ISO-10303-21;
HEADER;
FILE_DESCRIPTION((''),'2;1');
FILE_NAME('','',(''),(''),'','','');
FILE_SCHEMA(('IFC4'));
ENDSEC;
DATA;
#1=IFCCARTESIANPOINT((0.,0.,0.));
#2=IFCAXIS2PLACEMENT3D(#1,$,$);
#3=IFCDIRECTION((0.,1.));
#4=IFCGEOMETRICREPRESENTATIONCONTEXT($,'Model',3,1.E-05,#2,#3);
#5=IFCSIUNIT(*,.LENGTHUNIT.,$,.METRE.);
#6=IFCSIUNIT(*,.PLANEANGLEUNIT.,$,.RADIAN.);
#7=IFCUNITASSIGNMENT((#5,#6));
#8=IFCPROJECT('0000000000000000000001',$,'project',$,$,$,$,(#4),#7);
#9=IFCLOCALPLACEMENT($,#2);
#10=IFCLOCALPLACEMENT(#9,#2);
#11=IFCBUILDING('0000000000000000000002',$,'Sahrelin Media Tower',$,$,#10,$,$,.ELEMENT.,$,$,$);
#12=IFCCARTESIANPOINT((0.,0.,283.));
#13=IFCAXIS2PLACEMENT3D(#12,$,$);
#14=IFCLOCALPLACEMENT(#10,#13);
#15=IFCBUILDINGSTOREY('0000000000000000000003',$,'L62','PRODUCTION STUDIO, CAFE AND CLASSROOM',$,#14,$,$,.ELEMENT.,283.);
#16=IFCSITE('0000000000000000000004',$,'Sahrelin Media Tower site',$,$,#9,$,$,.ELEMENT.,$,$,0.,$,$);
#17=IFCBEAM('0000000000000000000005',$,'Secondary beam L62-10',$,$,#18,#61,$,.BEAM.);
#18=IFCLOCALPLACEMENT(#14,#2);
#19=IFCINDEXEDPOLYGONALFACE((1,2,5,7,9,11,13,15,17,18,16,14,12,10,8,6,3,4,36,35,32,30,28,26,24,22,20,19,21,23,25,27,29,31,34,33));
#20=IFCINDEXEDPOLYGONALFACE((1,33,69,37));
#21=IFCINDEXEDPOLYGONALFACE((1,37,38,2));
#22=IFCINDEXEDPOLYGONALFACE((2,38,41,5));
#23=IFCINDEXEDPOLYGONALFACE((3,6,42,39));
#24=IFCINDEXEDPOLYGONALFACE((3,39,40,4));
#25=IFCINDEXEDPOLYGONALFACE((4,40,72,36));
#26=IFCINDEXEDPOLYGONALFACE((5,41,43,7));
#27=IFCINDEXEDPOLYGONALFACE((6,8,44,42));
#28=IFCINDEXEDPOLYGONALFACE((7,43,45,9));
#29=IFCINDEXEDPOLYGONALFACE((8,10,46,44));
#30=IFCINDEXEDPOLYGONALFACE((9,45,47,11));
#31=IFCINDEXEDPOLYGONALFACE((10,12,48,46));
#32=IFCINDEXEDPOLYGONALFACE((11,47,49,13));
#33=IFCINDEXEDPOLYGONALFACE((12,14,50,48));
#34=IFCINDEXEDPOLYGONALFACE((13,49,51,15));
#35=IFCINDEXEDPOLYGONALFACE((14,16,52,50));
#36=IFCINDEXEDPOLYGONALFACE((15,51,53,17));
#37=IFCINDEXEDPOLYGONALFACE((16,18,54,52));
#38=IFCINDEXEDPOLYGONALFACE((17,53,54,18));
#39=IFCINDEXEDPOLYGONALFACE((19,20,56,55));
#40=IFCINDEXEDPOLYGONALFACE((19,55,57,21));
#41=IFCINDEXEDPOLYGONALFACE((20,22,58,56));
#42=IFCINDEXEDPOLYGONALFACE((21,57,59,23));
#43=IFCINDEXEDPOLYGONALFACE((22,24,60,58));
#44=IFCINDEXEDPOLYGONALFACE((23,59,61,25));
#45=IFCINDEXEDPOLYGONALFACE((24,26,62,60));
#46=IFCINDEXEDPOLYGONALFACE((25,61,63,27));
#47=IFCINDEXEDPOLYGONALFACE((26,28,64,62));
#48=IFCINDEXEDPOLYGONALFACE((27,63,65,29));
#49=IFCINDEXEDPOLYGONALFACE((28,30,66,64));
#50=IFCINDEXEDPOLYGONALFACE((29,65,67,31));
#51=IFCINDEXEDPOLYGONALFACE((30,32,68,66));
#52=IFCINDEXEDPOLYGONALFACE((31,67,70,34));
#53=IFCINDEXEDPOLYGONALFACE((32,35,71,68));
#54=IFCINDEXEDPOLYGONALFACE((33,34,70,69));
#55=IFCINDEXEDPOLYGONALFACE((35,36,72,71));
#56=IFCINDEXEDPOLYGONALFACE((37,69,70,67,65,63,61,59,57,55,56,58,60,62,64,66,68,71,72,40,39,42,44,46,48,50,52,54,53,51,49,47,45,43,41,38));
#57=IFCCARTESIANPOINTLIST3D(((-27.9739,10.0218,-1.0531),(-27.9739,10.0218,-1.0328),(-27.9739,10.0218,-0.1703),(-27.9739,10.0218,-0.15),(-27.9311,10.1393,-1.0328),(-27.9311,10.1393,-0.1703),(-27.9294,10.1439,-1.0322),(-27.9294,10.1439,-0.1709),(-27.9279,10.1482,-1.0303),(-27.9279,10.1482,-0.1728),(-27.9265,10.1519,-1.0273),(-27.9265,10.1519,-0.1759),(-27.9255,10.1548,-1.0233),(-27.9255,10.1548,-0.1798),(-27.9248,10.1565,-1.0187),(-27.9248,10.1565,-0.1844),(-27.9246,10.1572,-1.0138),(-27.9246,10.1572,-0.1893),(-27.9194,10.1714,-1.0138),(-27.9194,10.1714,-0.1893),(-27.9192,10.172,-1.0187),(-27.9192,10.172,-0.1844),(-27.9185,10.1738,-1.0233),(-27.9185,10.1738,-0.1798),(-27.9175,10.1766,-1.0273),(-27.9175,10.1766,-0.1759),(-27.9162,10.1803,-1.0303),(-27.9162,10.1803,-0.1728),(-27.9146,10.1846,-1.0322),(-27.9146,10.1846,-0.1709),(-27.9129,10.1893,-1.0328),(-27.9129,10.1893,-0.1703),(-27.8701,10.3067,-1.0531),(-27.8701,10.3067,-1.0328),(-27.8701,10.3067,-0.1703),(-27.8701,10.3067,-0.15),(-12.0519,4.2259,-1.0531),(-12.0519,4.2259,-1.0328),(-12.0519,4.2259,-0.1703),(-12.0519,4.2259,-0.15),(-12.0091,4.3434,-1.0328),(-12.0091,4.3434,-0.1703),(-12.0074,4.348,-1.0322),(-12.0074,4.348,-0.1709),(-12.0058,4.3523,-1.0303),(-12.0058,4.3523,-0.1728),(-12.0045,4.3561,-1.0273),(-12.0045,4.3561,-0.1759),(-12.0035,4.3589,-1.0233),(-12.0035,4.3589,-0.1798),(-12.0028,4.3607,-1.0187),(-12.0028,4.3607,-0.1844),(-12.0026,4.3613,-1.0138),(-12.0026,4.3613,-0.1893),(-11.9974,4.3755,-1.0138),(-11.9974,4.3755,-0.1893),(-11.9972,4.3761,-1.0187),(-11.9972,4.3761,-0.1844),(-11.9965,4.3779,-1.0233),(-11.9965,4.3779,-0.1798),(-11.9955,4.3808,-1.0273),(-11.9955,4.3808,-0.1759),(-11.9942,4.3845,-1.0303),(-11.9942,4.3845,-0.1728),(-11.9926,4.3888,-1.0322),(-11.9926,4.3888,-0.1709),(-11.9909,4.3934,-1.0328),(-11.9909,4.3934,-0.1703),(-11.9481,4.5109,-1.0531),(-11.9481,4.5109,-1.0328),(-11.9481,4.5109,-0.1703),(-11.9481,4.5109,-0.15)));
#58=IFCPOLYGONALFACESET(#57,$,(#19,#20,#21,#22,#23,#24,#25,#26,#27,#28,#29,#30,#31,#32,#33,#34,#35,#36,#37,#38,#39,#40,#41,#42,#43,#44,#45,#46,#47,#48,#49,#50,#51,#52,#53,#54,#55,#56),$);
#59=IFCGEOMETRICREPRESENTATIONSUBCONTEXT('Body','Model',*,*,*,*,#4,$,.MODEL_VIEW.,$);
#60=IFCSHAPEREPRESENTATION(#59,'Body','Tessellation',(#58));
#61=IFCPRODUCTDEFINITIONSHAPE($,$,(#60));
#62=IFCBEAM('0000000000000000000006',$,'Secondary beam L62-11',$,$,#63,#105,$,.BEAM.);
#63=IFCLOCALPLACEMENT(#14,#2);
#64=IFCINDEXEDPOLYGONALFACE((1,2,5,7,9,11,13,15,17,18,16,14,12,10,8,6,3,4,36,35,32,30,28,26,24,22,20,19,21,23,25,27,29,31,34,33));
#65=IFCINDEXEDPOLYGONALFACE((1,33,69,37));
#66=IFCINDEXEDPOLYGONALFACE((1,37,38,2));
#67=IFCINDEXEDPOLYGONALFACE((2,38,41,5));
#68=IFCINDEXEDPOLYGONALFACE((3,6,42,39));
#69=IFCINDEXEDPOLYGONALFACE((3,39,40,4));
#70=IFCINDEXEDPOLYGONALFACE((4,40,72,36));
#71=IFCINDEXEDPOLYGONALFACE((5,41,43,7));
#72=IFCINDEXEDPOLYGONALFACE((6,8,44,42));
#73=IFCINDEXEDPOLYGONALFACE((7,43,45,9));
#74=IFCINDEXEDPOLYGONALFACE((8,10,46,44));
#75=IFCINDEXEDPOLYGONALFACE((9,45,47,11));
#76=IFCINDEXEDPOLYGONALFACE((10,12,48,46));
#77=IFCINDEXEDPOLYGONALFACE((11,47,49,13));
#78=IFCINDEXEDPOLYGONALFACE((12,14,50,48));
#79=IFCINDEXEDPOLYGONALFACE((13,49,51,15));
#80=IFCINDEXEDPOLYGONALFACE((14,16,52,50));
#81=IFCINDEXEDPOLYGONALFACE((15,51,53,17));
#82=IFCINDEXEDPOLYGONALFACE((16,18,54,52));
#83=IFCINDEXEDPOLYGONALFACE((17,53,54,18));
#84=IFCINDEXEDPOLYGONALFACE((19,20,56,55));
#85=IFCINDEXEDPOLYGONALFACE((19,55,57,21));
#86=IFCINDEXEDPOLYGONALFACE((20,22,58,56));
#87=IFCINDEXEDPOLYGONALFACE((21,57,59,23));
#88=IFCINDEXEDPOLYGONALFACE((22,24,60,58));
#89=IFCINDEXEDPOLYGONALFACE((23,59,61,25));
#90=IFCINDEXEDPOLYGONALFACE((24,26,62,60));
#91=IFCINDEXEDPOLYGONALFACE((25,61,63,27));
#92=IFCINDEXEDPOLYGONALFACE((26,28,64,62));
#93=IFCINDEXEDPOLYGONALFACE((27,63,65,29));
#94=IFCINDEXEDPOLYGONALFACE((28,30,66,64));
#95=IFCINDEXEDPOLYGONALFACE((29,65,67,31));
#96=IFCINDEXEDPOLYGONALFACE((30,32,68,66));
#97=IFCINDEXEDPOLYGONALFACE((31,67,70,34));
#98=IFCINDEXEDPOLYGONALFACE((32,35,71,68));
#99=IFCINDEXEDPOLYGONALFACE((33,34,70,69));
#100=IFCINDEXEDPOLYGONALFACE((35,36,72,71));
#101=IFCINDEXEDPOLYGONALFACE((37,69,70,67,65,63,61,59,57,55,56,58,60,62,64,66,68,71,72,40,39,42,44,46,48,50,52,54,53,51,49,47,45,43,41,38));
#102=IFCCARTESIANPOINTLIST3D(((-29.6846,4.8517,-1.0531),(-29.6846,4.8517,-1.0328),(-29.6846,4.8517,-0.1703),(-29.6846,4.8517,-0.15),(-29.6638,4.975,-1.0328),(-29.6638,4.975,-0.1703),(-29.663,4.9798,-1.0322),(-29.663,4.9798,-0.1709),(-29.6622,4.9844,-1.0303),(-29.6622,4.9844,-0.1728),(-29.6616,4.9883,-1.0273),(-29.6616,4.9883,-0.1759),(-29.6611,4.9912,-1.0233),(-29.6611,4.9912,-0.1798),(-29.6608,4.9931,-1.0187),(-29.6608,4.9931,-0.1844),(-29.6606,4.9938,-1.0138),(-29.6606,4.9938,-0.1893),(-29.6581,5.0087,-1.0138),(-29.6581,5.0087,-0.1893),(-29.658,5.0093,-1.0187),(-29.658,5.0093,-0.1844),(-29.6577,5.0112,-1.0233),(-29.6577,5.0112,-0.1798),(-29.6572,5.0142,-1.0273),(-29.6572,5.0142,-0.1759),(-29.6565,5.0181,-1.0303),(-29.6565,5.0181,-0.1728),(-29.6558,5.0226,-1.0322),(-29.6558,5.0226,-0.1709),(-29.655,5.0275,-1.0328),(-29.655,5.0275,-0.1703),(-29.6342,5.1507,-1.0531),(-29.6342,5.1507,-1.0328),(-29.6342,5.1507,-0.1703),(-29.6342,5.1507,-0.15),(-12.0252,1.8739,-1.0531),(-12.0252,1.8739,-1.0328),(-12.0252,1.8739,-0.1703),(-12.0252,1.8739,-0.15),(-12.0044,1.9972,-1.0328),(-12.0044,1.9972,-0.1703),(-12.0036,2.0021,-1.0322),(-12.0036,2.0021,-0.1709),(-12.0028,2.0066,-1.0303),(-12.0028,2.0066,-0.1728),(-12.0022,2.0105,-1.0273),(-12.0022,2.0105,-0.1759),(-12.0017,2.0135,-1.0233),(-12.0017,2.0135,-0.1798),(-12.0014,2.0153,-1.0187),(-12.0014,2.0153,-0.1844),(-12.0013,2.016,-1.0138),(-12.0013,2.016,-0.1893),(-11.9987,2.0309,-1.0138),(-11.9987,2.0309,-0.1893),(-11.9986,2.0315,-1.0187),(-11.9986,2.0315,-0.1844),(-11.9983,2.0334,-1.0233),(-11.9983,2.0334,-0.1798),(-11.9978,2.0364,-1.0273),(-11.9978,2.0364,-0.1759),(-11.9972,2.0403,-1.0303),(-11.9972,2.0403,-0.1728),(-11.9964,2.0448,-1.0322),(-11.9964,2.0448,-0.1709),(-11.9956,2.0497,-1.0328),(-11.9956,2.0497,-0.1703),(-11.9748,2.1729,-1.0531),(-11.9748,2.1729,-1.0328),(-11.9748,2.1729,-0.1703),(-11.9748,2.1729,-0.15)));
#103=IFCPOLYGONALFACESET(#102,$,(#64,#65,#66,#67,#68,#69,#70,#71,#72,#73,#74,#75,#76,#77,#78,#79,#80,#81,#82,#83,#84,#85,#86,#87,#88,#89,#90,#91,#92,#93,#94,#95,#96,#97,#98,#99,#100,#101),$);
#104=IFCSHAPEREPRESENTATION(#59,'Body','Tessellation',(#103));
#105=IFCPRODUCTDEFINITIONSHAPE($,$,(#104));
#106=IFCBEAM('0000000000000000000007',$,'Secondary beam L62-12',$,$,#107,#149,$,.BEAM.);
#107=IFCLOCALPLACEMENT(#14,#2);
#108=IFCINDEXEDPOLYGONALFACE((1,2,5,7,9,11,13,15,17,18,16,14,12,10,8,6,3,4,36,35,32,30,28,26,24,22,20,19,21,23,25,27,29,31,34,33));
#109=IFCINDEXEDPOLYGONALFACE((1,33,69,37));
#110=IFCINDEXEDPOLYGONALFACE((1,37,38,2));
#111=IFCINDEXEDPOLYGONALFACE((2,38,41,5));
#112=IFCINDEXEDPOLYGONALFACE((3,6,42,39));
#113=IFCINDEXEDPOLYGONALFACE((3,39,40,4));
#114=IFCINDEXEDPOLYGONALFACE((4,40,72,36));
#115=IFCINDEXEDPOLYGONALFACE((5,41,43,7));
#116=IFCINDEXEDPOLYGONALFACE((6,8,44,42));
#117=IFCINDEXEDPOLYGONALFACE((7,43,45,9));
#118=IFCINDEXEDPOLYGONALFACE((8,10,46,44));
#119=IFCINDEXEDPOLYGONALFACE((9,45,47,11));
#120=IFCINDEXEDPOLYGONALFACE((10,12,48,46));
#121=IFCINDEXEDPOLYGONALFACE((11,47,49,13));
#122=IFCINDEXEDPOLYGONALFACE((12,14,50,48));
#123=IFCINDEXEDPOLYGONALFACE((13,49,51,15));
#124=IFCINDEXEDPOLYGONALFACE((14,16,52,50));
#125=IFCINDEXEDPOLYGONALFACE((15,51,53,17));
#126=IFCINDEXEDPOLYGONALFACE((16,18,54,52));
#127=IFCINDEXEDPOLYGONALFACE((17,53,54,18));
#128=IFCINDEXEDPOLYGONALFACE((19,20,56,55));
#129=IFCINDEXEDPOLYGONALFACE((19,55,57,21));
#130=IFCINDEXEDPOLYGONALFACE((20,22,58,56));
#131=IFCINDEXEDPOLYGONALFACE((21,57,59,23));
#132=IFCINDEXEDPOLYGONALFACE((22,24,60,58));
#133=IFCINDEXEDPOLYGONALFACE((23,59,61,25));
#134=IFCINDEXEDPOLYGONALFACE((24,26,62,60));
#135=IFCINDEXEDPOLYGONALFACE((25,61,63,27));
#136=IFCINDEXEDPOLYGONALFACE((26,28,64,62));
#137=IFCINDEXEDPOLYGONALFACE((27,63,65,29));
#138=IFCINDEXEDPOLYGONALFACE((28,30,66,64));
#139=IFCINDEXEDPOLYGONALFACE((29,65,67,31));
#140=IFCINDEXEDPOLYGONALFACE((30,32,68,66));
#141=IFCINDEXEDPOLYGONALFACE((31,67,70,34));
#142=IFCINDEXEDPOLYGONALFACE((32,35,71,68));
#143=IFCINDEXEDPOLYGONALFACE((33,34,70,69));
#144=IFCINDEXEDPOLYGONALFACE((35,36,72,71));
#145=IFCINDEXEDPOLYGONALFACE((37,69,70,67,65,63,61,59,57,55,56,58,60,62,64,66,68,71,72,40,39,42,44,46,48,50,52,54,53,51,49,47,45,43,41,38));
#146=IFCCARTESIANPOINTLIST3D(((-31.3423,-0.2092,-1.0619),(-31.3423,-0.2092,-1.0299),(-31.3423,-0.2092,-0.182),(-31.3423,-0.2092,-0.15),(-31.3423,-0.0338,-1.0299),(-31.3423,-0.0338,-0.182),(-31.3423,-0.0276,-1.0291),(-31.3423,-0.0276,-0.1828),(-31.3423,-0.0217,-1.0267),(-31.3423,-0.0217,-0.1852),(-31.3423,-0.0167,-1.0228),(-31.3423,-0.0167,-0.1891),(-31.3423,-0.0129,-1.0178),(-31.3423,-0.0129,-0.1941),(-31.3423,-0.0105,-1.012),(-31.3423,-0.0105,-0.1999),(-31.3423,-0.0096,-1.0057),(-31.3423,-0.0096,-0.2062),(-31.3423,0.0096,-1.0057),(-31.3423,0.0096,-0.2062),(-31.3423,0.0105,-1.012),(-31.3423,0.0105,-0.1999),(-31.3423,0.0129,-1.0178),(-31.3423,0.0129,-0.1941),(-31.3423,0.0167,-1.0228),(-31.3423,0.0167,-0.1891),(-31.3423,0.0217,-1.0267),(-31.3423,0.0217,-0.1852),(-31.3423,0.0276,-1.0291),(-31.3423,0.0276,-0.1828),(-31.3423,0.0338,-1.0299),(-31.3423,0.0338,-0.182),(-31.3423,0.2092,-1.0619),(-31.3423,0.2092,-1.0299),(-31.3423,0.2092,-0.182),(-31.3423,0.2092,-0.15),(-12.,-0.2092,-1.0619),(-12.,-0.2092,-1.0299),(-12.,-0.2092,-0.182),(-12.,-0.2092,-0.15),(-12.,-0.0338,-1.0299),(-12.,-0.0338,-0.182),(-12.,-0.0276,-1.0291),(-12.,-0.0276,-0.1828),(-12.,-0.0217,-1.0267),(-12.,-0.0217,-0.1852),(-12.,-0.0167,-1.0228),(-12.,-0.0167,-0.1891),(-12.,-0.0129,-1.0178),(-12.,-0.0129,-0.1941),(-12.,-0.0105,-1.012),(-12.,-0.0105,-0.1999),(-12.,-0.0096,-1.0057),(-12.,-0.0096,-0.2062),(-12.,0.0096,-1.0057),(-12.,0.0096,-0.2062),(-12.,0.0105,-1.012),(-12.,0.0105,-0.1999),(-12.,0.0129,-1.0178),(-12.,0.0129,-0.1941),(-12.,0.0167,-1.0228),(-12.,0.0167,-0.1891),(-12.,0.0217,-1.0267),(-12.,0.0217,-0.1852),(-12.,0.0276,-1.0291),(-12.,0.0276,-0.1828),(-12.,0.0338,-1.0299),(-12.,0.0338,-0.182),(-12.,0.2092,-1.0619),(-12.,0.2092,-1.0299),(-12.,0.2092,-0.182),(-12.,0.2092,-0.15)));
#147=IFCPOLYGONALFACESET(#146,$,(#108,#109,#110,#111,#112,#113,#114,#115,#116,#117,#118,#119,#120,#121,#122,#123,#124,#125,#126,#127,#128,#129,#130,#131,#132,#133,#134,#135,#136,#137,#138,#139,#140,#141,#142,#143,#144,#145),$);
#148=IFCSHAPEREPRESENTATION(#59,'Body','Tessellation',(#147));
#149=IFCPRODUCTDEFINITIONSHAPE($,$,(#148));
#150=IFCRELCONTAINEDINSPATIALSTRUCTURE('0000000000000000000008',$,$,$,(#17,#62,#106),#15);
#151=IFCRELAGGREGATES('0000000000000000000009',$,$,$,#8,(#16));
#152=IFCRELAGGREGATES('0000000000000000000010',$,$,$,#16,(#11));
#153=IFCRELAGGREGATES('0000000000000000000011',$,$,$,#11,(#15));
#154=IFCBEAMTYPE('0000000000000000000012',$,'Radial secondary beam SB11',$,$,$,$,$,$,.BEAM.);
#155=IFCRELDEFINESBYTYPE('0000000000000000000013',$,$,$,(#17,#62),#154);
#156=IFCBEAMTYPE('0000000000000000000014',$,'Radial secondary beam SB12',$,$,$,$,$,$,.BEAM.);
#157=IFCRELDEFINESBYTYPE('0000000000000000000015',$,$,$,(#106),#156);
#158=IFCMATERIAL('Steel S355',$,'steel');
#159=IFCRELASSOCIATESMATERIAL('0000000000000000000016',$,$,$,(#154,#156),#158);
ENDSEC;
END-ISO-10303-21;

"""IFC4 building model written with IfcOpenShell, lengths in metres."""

from ifc_helpers import new_model, si_unit, direction, frame, origin, origin_2d, place, context, subcontext, project, spatial, i_section, extrude, material, material_profile, profile_set, type_object, element, save


model = new_model("IFC4")

# Units and contexts
model_context = context("Model", 3, precision=1e-05, world=origin(), true_north=direction((0.0, 1.0)))
body_context = subcontext(model_context, "Body", "Model", "MODEL_VIEW")
ifc_project = project(units=[si_unit("LENGTHUNIT", "METRE"), si_unit("PLANEANGLEUNIT", "RADIAN")], contexts=[model_context])

# Site, building, storey
site_placement = place(None, origin())
site = spatial("IfcSite", under=ifc_project, at=site_placement, Name="Sahrelin Media Tower site", CompositionType="ELEMENT", RefElevation=0.0)
building_placement = place(site_placement, origin())
building = spatial("IfcBuilding", under=site, at=building_placement, Name="Sahrelin Media Tower", CompositionType="ELEMENT")
storey_placement = place(building_placement, frame((0.0, 0.0, 283.0)))
storey = spatial("IfcBuildingStorey", under=building, at=storey_placement, Name="L62", Description="PRODUCTION STUDIO, CAFE AND CLASSROOM", CompositionType="ELEMENT", Elevation=283.0)

# Beams
ifc_material_1 = material(Name="Steel S355", Category="steel")
ifc_material_profile_1 = material_profile(ifc_material_1, i_section(OverallWidth=0.3032, OverallDepth=0.9031, WebThickness=0.0151, FlangeThickness=0.0203, FilletRadius=0.019, at=origin_2d()), Name="UB 914x305x201")
ifc_profile_set_1 = profile_set([ifc_material_profile_1], Name="Steel S355")
beam_type_1 = type_object("IfcBeamType", Name="Radial secondary beam SB11", PredefinedType="BEAM", material=ifc_profile_set_1)
beam_1_placement = place(storey_placement, frame((-12.0, 4.3684, -0.6016), z_axis=(-0.939679, 0.342058, 0.0), x_axis=(-0.342058, -0.939679, 0.0)))
element("IfcBeam", 1, at=beam_1_placement, inside=storey, type_object=beam_type_1, Name="Secondary beam L62-10", PredefinedType="BEAM", context=body_context, shape_type="SweptSolid", body=[
    extrude(i_section(OverallWidth=0.3032, OverallDepth=0.9031, WebThickness=0.0151, FlangeThickness=0.0203, FilletRadius=0.019, at=origin_2d()), origin(), (0.0, 0.0, 1.0), 16.9441),
])
beam_2_placement = place(storey_placement, frame((-12.0, 2.0234, -0.6016), z_axis=(-0.986079, 0.166276, 0.0), x_axis=(-0.166276, -0.986079, 0.0)))
element("IfcBeam", 2, at=beam_2_placement, inside=storey, type_object=beam_type_1, Name="Secondary beam L62-11", PredefinedType="BEAM", context=body_context, shape_type="SweptSolid", body=[
    extrude(i_section(OverallWidth=0.3032, OverallDepth=0.9031, WebThickness=0.0151, FlangeThickness=0.0203, FilletRadius=0.019, at=origin_2d()), origin(), (0.0, 0.0, 1.0), 17.9087),
])
ifc_material_profile_2 = material_profile(ifc_material_1, i_section(OverallWidth=0.4185, OverallDepth=0.9119, WebThickness=0.0193, FlangeThickness=0.032, FilletRadius=0.0242, at=origin_2d()), Name="UB 914x419x343")
ifc_profile_set_2 = profile_set([ifc_material_profile_2], Name="Steel S355")
beam_type_2 = type_object("IfcBeamType", Name="Radial secondary beam SB12", PredefinedType="BEAM", material=ifc_profile_set_2)
beam_3_placement = place(storey_placement, frame((-12.0, 0.0, -0.606), z_axis=(-1.0, 0.0, 0.0), x_axis=(0.0, -1.0, 0.0)))
element("IfcBeam", 3, at=beam_3_placement, inside=storey, type_object=beam_type_2, Name="Secondary beam L62-12", PredefinedType="BEAM", context=body_context, shape_type="SweptSolid", body=[
    extrude(i_section(OverallWidth=0.4185, OverallDepth=0.9119, WebThickness=0.0193, FlangeThickness=0.032, FilletRadius=0.0242, at=origin_2d()), origin(), (0.0, 0.0, 1.0), 19.3423),
])

save(model, "model.ifc")
